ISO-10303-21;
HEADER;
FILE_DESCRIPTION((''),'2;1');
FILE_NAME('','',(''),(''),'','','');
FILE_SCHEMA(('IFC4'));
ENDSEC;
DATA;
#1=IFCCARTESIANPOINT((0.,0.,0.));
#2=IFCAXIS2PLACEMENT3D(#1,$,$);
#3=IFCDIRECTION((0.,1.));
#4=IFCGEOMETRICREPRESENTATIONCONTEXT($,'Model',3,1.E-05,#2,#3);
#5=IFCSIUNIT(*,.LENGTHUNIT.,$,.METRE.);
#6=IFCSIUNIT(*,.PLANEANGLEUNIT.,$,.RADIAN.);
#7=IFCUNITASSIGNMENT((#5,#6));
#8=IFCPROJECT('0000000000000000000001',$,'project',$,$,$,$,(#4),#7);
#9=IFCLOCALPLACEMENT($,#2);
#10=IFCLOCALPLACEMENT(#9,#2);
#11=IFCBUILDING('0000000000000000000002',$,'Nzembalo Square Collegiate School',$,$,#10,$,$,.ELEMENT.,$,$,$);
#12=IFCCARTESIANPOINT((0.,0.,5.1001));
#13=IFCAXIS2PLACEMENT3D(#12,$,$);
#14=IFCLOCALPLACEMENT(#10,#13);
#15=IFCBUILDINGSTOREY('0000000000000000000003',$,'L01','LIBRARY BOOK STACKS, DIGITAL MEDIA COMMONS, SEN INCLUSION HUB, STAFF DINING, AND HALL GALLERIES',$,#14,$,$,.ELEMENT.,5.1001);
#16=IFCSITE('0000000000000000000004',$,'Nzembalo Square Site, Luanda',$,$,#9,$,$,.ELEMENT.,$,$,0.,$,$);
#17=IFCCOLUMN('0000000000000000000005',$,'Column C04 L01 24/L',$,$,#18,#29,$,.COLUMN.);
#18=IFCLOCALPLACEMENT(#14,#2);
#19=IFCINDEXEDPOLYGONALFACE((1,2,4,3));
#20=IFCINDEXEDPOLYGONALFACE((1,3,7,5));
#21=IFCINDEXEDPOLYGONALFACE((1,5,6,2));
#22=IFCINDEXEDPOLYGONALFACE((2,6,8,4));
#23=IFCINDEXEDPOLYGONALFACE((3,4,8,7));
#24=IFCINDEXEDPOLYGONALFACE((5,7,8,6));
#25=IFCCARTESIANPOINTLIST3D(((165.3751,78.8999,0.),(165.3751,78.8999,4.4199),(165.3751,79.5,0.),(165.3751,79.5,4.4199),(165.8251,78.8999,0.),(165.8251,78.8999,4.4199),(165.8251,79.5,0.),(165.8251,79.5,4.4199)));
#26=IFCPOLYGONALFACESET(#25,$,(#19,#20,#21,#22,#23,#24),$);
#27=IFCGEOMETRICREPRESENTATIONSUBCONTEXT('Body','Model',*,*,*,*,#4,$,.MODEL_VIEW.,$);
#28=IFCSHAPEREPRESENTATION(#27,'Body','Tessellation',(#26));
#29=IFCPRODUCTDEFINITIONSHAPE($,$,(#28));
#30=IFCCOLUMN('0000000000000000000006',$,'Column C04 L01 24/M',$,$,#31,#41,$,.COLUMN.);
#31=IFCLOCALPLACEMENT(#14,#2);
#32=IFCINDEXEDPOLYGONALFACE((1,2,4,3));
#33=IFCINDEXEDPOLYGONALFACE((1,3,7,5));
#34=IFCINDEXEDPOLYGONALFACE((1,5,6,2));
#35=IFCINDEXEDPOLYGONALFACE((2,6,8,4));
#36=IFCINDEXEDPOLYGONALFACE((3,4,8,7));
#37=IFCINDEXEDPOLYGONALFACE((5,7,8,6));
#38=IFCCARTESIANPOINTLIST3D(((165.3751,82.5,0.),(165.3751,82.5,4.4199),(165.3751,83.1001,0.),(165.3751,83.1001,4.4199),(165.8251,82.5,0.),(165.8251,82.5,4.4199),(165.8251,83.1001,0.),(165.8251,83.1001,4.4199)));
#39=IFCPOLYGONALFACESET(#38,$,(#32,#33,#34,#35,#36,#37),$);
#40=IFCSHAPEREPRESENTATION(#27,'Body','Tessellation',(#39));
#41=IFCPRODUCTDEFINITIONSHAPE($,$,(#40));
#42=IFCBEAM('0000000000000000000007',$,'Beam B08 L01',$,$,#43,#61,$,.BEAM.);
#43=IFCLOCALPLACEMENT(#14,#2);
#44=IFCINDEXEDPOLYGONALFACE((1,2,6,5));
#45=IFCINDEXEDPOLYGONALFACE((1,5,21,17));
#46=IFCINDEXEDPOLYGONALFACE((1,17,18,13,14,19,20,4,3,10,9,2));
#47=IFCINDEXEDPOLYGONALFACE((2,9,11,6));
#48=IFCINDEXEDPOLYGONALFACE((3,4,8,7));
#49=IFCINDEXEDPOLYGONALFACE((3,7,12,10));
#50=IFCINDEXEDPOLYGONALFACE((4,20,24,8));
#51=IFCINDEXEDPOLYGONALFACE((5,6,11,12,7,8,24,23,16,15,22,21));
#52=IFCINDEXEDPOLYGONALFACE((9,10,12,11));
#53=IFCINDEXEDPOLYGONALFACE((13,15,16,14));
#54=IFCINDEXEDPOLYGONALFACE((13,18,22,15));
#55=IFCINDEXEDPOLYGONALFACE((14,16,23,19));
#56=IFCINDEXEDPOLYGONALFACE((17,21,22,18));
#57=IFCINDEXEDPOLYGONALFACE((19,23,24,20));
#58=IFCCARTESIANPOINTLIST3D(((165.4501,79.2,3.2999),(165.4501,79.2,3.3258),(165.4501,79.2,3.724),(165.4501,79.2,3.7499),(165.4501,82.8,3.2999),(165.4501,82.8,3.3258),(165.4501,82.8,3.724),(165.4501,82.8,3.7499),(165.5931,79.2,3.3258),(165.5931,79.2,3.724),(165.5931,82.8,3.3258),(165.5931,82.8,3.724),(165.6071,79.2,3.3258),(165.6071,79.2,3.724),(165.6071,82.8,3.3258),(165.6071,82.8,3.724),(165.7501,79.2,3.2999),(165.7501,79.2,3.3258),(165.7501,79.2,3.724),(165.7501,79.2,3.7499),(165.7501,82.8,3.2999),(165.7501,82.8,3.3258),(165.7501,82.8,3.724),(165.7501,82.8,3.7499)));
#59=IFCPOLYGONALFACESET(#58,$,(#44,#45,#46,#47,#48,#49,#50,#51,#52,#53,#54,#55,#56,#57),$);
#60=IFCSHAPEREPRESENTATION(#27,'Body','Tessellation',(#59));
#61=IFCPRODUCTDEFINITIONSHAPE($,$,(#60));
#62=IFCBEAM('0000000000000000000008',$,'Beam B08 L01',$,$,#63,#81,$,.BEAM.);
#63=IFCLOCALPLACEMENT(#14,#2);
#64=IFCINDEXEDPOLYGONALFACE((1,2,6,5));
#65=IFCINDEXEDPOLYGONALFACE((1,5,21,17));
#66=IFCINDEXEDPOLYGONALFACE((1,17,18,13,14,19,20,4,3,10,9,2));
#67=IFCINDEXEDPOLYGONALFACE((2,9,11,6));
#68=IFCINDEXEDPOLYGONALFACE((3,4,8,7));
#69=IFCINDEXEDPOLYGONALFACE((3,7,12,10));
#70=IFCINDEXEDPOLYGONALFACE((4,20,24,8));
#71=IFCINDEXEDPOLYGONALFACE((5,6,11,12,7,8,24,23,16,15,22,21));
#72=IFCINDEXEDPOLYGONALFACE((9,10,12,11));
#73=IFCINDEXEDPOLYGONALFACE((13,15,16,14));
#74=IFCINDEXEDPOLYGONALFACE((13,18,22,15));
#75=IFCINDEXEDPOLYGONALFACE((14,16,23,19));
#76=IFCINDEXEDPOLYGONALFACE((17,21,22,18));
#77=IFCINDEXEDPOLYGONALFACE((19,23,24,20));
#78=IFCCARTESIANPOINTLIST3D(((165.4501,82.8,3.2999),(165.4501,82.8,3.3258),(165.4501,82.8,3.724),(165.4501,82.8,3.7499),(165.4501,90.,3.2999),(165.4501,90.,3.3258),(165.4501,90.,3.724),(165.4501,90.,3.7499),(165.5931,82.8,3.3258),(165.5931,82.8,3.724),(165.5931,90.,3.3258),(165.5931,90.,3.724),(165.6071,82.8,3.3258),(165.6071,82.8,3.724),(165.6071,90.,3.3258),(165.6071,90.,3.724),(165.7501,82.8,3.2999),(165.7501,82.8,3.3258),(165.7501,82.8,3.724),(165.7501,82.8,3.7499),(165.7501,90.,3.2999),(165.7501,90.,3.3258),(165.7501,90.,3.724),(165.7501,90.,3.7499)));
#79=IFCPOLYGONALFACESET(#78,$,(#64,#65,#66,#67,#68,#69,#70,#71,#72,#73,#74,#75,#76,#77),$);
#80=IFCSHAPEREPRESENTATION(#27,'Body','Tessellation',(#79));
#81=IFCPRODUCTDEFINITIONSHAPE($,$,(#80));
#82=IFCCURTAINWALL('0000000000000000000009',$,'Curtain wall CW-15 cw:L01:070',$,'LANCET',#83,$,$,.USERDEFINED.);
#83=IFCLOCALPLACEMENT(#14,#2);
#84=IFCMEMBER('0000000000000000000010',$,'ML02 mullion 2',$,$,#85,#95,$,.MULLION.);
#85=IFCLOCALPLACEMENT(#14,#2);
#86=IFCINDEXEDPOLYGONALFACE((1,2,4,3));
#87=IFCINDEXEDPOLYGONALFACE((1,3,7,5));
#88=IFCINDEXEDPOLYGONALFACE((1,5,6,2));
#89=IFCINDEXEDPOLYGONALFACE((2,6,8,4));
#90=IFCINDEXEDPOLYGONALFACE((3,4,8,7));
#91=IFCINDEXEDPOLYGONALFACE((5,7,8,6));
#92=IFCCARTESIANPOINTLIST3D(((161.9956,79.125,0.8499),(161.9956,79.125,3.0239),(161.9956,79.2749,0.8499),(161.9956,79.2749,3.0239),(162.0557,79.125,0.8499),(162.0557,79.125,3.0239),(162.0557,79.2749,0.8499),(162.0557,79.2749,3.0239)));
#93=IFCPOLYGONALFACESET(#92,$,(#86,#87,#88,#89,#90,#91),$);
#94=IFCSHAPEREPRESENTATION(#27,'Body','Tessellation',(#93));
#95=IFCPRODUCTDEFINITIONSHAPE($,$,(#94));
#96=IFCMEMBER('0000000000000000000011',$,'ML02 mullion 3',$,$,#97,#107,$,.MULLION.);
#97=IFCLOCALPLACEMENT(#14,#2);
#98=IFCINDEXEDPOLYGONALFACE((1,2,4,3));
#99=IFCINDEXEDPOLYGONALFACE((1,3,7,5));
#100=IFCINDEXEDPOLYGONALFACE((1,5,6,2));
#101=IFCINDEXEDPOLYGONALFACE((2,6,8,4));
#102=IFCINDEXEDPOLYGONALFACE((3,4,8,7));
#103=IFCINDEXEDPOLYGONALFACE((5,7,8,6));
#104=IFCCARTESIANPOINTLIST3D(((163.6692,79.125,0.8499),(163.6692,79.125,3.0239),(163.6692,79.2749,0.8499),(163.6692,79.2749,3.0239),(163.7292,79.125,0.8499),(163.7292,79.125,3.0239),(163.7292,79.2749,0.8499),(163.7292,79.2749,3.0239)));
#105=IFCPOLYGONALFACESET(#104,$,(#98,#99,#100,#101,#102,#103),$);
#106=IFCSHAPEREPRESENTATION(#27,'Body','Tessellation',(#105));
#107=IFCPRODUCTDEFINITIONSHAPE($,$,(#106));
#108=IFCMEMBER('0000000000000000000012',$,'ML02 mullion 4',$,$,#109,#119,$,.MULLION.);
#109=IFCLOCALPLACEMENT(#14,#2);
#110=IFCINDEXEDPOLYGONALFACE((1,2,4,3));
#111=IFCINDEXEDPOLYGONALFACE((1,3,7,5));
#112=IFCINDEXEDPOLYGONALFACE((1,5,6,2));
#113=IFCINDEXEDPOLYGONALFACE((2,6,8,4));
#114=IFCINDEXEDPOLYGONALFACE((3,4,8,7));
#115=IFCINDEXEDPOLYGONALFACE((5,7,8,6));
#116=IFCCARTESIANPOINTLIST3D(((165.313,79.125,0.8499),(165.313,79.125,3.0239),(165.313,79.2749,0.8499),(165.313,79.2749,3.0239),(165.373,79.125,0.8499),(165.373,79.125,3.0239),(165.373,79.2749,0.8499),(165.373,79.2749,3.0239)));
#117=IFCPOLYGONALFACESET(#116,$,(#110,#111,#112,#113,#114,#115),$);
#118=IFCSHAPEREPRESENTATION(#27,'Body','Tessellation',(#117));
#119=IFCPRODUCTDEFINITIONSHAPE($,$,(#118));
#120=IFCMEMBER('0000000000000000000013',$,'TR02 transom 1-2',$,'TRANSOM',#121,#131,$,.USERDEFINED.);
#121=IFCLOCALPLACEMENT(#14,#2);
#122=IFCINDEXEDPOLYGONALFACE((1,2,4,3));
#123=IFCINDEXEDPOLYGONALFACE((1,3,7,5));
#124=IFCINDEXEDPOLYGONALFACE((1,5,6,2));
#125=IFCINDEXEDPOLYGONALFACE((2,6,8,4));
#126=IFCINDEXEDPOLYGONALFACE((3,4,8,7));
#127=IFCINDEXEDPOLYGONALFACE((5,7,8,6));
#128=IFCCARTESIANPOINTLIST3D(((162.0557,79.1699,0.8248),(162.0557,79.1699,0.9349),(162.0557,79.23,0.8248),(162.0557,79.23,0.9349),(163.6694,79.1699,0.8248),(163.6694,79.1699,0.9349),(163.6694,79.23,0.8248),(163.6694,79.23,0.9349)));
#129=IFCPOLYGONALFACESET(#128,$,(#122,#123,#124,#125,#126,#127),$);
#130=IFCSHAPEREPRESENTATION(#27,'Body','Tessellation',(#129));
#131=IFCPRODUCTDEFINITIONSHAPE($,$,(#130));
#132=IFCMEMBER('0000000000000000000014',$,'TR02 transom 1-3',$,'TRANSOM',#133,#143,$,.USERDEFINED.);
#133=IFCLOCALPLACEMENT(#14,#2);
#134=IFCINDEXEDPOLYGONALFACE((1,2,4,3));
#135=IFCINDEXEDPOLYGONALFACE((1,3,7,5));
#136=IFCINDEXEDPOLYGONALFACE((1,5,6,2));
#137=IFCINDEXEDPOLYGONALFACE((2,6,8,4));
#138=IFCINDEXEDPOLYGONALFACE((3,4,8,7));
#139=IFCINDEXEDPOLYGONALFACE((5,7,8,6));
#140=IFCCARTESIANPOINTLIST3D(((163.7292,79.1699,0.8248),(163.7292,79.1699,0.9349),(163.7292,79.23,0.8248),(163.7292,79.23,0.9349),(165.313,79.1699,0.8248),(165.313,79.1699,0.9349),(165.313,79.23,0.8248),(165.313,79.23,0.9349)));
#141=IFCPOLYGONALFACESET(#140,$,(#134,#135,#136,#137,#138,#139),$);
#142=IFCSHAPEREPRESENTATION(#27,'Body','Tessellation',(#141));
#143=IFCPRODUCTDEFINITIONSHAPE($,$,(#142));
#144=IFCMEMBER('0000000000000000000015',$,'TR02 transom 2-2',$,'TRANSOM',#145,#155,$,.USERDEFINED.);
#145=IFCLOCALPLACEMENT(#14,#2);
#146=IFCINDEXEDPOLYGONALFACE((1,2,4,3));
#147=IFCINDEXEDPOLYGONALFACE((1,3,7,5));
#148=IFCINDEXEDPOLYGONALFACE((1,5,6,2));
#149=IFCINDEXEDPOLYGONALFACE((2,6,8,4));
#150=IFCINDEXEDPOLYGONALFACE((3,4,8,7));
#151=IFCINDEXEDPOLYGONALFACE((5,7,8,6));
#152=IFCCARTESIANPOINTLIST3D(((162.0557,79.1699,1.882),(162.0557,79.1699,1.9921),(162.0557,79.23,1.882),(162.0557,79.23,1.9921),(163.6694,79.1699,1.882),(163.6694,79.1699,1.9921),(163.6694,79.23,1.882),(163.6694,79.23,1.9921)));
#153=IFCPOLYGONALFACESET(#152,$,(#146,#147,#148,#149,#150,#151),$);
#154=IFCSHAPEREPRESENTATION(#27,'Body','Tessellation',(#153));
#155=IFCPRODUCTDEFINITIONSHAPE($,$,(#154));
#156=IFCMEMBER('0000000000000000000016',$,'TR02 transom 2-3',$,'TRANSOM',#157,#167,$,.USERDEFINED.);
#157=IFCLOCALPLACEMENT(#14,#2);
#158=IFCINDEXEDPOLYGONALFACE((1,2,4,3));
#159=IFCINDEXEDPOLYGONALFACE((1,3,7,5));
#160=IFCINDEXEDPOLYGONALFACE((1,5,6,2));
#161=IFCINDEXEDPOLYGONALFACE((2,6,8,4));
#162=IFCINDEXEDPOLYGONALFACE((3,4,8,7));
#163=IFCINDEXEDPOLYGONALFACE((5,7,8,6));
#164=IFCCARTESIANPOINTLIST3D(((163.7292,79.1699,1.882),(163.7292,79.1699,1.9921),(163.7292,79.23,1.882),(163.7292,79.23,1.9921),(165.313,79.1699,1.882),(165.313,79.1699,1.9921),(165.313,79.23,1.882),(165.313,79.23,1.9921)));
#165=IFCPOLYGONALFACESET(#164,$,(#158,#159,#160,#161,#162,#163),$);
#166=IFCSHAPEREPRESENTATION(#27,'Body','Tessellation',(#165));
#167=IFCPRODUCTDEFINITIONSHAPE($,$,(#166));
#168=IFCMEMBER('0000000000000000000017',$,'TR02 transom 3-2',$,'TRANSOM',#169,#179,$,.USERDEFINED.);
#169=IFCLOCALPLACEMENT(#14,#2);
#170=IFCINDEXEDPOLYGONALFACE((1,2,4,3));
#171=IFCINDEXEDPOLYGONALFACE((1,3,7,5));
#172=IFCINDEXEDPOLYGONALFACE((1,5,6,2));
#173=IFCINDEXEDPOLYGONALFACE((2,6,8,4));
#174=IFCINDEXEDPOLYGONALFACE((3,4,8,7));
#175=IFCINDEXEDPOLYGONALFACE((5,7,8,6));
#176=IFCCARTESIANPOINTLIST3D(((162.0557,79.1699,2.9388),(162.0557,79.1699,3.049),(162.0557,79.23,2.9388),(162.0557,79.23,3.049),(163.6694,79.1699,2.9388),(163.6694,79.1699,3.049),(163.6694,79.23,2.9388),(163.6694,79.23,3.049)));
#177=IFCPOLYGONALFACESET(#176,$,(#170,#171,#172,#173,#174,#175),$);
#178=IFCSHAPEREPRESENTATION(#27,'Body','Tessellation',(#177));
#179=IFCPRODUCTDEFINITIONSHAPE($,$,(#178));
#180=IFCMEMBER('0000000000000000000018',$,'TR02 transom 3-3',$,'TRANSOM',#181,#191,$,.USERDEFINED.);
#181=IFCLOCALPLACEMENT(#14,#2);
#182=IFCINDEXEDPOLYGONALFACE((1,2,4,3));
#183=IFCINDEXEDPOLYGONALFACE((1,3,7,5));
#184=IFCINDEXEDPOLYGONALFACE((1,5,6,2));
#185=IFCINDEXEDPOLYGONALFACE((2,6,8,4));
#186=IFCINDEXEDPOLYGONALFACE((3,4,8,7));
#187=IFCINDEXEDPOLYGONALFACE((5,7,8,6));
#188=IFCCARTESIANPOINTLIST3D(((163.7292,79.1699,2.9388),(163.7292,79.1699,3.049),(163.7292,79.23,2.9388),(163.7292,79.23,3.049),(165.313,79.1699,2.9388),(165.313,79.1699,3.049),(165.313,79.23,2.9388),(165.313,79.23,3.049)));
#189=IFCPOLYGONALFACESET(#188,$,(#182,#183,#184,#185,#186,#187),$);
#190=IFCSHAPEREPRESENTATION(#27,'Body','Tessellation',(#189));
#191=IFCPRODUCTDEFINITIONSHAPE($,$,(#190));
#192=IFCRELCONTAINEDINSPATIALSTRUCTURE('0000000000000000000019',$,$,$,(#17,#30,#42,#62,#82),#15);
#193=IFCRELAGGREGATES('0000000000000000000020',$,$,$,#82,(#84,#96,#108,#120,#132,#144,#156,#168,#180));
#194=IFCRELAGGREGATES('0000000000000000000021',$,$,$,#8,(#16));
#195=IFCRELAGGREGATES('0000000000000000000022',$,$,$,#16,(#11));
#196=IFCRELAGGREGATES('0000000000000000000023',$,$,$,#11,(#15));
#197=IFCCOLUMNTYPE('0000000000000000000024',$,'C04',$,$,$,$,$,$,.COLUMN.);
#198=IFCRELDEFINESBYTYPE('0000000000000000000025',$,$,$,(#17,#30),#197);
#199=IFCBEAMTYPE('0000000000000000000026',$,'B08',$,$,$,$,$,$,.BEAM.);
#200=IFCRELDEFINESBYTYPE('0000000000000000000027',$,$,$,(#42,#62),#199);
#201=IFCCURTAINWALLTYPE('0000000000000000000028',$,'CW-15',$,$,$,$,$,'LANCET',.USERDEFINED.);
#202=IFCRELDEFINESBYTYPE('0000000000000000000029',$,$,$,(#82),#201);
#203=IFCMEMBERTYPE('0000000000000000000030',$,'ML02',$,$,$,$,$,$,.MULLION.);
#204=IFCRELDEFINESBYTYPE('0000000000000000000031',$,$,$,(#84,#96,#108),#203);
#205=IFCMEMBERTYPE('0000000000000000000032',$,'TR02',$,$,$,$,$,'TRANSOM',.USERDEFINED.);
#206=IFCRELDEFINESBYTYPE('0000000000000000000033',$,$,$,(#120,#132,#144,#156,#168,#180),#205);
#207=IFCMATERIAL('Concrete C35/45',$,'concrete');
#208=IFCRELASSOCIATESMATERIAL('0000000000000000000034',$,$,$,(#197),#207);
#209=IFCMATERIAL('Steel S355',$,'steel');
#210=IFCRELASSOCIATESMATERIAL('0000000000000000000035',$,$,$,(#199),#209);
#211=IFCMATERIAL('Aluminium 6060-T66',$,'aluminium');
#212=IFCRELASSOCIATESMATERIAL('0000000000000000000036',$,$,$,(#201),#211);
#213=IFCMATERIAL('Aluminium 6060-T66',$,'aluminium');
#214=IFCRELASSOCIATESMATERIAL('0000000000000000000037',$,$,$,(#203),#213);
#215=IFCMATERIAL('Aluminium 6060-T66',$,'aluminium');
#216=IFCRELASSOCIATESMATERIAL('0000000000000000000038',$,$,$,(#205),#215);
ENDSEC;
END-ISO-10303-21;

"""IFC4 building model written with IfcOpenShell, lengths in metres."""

from ifc_helpers import new_model, si_unit, direction, frame, origin, origin_2d, place, context, subcontext, project, spatial, rectangle, i_section, extrude, material, material_profile, profile_set, type_object, element, aggregate, save


model = new_model("IFC4")

# Units and contexts
model_context = context("Model", 3, precision=1e-05, world=origin(), true_north=direction((0.0, 1.0)))
body_context = subcontext(model_context, "Body", "Model", "MODEL_VIEW")
ifc_project = project(units=[si_unit("LENGTHUNIT", "METRE"), si_unit("PLANEANGLEUNIT", "RADIAN")], contexts=[model_context])

# Site, building, storey
site_placement = place(None, origin())
site = spatial("IfcSite", under=ifc_project, at=site_placement, Name="Nzembalo Square Site, Luanda", CompositionType="ELEMENT", RefElevation=0.0)
building_placement = place(site_placement, origin())
building = spatial("IfcBuilding", under=site, at=building_placement, Name="Nzembalo Square Collegiate School", CompositionType="ELEMENT")
storey_placement = place(building_placement, frame((0.0, 0.0, 5.1001)))
storey = spatial("IfcBuildingStorey", under=building, at=storey_placement, Name="L01", Description="LIBRARY BOOK STACKS, DIGITAL MEDIA COMMONS, SEN INCLUSION HUB, STAFF DINING, AND HALL GALLERIES", CompositionType="ELEMENT", Elevation=5.1001)

# Columns
ifc_material_1 = material(Name="Concrete C35/45", Category="concrete")
ifc_material_profile_1 = material_profile(ifc_material_1, rectangle(XDim=0.45, YDim=0.6001, at=origin_2d()), Name="RC 450x600")
ifc_profile_set_1 = profile_set([ifc_material_profile_1], Name="Concrete C35/45")
column_type = type_object("IfcColumnType", Name="C04", PredefinedType="COLUMN", material=ifc_profile_set_1)
for number, where, z_axis, x_axis, name in (
    (1, (165.6001, 79.2, 0.0), (0.0, 0.0, 1.0), (1.0, 0.0, 0.0), "Column C04 L01 24/L"),
    (2, (165.6001, 82.8, 0.0), (0.0, 0.0, 1.0), (1.0, 0.0, 0.0), "Column C04 L01 24/M"),
):
    element("IfcColumn", number, at=place(storey_placement, frame(where, z_axis=z_axis, x_axis=x_axis)), inside=storey, type_object=column_type, Name=name, PredefinedType="COLUMN", context=body_context, shape_type="SweptSolid", body=[
        extrude(rectangle(XDim=0.45, YDim=0.6001, at=origin_2d()), origin(), (0.0, 0.0, 1.0), 4.4199),
    ])

# Beams
ifc_material_2 = material(Name="Steel S355", Category="steel")
ifc_material_profile_2 = material_profile(ifc_material_2, i_section(OverallWidth=0.3, OverallDepth=0.45, WebThickness=0.0139, FlangeThickness=0.0259, at=origin_2d()), Name="HEB 450")
ifc_profile_set_2 = profile_set([ifc_material_profile_2], Name="Steel S355")
beam_type = type_object("IfcBeamType", Name="B08", PredefinedType="BEAM", material=ifc_profile_set_2)
beam_1_placement = place(storey_placement, frame((165.6001, 79.2, 3.5249), z_axis=(0.0, 1.0, 0.0), x_axis=(-1.0, 0.0, 0.0)))
element("IfcBeam", 3, at=beam_1_placement, inside=storey, type_object=beam_type, Name="Beam B08 L01", PredefinedType="BEAM", context=body_context, shape_type="SweptSolid", body=[
    extrude(i_section(OverallWidth=0.3, OverallDepth=0.45, WebThickness=0.0139, FlangeThickness=0.0259, at=origin_2d()), origin(), (0.0, 0.0, 1.0), 3.6001),
])
beam_2_placement = place(storey_placement, frame((165.6001, 82.8, 3.5249), z_axis=(0.0, 1.0, 0.0), x_axis=(-1.0, 0.0, 0.0)))
element("IfcBeam", 4, at=beam_2_placement, inside=storey, type_object=beam_type, Name="Beam B08 L01", PredefinedType="BEAM", context=body_context, shape_type="SweptSolid", body=[
    extrude(i_section(OverallWidth=0.3, OverallDepth=0.45, WebThickness=0.0139, FlangeThickness=0.0259, at=origin_2d()), origin(), (0.0, 0.0, 1.0), 7.2),
])

# Curtain wall, members
ifc_material_3 = material(Name="Aluminium 6060-T66", Category="aluminium")
curtain_wall_type = type_object("IfcCurtainWallType", Name="CW-15", ElementType="LANCET", PredefinedType="USERDEFINED", material=ifc_material_3)
curtain_wall_placement = place(storey_placement, origin())
curtain_wall = element("IfcCurtainWall", 5, at=curtain_wall_placement, inside=storey, type_object=curtain_wall_type, Name="Curtain wall CW-15 cw:L01:070", ObjectType="LANCET", PredefinedType="USERDEFINED")
ifc_material_4 = material(Name="Aluminium 6060-T66", Category="aluminium")
ifc_material_profile_3 = material_profile(ifc_material_4, rectangle(XDim=0.0601, YDim=0.1499, at=origin_2d()), Name="ALU M60x150")
ifc_profile_set_3 = profile_set([ifc_material_profile_3], Name="Aluminium 6060-T66")
member_type_1 = type_object("IfcMemberType", Name="ML02", PredefinedType="MULLION", material=ifc_profile_set_3)
member_1_placement = place(storey_placement, frame((162.0256, 79.2, 0.8499), z_axis=(0.0, 0.0, 1.0), x_axis=(1.0, 0.0, 0.0)))
member_1 = element("IfcMember", 6, at=member_1_placement, type_object=member_type_1, Name="ML02 mullion 2", PredefinedType="MULLION", context=body_context, shape_type="SweptSolid", body=[
    extrude(rectangle(XDim=0.0601, YDim=0.1499, at=origin_2d()), origin(), (0.0, 0.0, 1.0), 2.1741),
])
member_2_placement = place(storey_placement, frame((163.6992, 79.2, 0.8499), z_axis=(0.0, 0.0, 1.0), x_axis=(1.0, 0.0, 0.0)))
member_2 = element("IfcMember", 7, at=member_2_placement, type_object=member_type_1, Name="ML02 mullion 3", PredefinedType="MULLION", context=body_context, shape_type="SweptSolid", body=[
    extrude(rectangle(XDim=0.0601, YDim=0.1499, at=origin_2d()), origin(), (0.0, 0.0, 1.0), 2.1741),
])
member_3_placement = place(storey_placement, frame((165.343, 79.2, 0.8499), z_axis=(0.0, 0.0, 1.0), x_axis=(1.0, 0.0, 0.0)))
member_3 = element("IfcMember", 8, at=member_3_placement, type_object=member_type_1, Name="ML02 mullion 4", PredefinedType="MULLION", context=body_context, shape_type="SweptSolid", body=[
    extrude(rectangle(XDim=0.0601, YDim=0.1499, at=origin_2d()), origin(), (0.0, 0.0, 1.0), 2.1741),
])
ifc_material_5 = material(Name="Aluminium 6060-T66", Category="aluminium")
ifc_material_profile_4 = material_profile(ifc_material_5, rectangle(XDim=0.0601, YDim=0.1101, at=origin_2d()), Name="ALU T60x110")
ifc_profile_set_4 = profile_set([ifc_material_profile_4], Name="Aluminium 6060-T66")
member_type_2 = type_object("IfcMemberType", Name="TR02", ElementType="TRANSOM", PredefinedType="USERDEFINED", material=ifc_profile_set_4)
member_4_placement = place(storey_placement, frame((162.0557, 79.2, 0.8799), z_axis=(1.0, 0.0, 0.0), x_axis=(0.0, 1.0, 0.0)))
member_4 = element("IfcMember", 9, at=member_4_placement, type_object=member_type_2, Name="TR02 transom 1-2", ObjectType="TRANSOM", PredefinedType="USERDEFINED", context=body_context, shape_type="SweptSolid", body=[
    extrude(rectangle(XDim=0.0601, YDim=0.1101, at=origin_2d()), origin(), (0.0, 0.0, 1.0), 1.6138),
])
member_5_placement = place(storey_placement, frame((163.7292, 79.2, 0.8799), z_axis=(1.0, 0.0, 0.0), x_axis=(0.0, 1.0, 0.0)))
member_5 = element("IfcMember", 10, at=member_5_placement, type_object=member_type_2, Name="TR02 transom 1-3", ObjectType="TRANSOM", PredefinedType="USERDEFINED", context=body_context, shape_type="SweptSolid", body=[
    extrude(rectangle(XDim=0.0601, YDim=0.1101, at=origin_2d()), origin(), (0.0, 0.0, 1.0), 1.5837),
])
member_6_placement = place(storey_placement, frame((162.0557, 79.2, 1.937), z_axis=(1.0, 0.0, 0.0), x_axis=(0.0, 1.0, 0.0)))
member_6 = element("IfcMember", 11, at=member_6_placement, type_object=member_type_2, Name="TR02 transom 2-2", ObjectType="TRANSOM", PredefinedType="USERDEFINED", context=body_context, shape_type="SweptSolid", body=[
    extrude(rectangle(XDim=0.0601, YDim=0.1101, at=origin_2d()), origin(), (0.0, 0.0, 1.0), 1.6138),
])
member_7_placement = place(storey_placement, frame((163.7292, 79.2, 1.937), z_axis=(1.0, 0.0, 0.0), x_axis=(0.0, 1.0, 0.0)))
member_7 = element("IfcMember", 12, at=member_7_placement, type_object=member_type_2, Name="TR02 transom 2-3", ObjectType="TRANSOM", PredefinedType="USERDEFINED", context=body_context, shape_type="SweptSolid", body=[
    extrude(rectangle(XDim=0.0601, YDim=0.1101, at=origin_2d()), origin(), (0.0, 0.0, 1.0), 1.5837),
])
member_8_placement = place(storey_placement, frame((162.0557, 79.2, 2.9939), z_axis=(1.0, 0.0, 0.0), x_axis=(0.0, 1.0, 0.0)))
member_8 = element("IfcMember", 13, at=member_8_placement, type_object=member_type_2, Name="TR02 transom 3-2", ObjectType="TRANSOM", PredefinedType="USERDEFINED", context=body_context, shape_type="SweptSolid", body=[
    extrude(rectangle(XDim=0.0601, YDim=0.1101, at=origin_2d()), origin(), (0.0, 0.0, 1.0), 1.6138),
])
member_9_placement = place(storey_placement, frame((163.7292, 79.2, 2.9939), z_axis=(1.0, 0.0, 0.0), x_axis=(0.0, 1.0, 0.0)))
member_9 = element("IfcMember", 14, at=member_9_placement, type_object=member_type_2, Name="TR02 transom 3-3", ObjectType="TRANSOM", PredefinedType="USERDEFINED", context=body_context, shape_type="SweptSolid", body=[
    extrude(rectangle(XDim=0.0601, YDim=0.1101, at=origin_2d()), origin(), (0.0, 0.0, 1.0), 1.5837),
])
aggregate(curtain_wall, [member_1, member_2, member_3, member_4, member_5, member_6, member_7, member_8, member_9])

save(model, "model.ifc")
